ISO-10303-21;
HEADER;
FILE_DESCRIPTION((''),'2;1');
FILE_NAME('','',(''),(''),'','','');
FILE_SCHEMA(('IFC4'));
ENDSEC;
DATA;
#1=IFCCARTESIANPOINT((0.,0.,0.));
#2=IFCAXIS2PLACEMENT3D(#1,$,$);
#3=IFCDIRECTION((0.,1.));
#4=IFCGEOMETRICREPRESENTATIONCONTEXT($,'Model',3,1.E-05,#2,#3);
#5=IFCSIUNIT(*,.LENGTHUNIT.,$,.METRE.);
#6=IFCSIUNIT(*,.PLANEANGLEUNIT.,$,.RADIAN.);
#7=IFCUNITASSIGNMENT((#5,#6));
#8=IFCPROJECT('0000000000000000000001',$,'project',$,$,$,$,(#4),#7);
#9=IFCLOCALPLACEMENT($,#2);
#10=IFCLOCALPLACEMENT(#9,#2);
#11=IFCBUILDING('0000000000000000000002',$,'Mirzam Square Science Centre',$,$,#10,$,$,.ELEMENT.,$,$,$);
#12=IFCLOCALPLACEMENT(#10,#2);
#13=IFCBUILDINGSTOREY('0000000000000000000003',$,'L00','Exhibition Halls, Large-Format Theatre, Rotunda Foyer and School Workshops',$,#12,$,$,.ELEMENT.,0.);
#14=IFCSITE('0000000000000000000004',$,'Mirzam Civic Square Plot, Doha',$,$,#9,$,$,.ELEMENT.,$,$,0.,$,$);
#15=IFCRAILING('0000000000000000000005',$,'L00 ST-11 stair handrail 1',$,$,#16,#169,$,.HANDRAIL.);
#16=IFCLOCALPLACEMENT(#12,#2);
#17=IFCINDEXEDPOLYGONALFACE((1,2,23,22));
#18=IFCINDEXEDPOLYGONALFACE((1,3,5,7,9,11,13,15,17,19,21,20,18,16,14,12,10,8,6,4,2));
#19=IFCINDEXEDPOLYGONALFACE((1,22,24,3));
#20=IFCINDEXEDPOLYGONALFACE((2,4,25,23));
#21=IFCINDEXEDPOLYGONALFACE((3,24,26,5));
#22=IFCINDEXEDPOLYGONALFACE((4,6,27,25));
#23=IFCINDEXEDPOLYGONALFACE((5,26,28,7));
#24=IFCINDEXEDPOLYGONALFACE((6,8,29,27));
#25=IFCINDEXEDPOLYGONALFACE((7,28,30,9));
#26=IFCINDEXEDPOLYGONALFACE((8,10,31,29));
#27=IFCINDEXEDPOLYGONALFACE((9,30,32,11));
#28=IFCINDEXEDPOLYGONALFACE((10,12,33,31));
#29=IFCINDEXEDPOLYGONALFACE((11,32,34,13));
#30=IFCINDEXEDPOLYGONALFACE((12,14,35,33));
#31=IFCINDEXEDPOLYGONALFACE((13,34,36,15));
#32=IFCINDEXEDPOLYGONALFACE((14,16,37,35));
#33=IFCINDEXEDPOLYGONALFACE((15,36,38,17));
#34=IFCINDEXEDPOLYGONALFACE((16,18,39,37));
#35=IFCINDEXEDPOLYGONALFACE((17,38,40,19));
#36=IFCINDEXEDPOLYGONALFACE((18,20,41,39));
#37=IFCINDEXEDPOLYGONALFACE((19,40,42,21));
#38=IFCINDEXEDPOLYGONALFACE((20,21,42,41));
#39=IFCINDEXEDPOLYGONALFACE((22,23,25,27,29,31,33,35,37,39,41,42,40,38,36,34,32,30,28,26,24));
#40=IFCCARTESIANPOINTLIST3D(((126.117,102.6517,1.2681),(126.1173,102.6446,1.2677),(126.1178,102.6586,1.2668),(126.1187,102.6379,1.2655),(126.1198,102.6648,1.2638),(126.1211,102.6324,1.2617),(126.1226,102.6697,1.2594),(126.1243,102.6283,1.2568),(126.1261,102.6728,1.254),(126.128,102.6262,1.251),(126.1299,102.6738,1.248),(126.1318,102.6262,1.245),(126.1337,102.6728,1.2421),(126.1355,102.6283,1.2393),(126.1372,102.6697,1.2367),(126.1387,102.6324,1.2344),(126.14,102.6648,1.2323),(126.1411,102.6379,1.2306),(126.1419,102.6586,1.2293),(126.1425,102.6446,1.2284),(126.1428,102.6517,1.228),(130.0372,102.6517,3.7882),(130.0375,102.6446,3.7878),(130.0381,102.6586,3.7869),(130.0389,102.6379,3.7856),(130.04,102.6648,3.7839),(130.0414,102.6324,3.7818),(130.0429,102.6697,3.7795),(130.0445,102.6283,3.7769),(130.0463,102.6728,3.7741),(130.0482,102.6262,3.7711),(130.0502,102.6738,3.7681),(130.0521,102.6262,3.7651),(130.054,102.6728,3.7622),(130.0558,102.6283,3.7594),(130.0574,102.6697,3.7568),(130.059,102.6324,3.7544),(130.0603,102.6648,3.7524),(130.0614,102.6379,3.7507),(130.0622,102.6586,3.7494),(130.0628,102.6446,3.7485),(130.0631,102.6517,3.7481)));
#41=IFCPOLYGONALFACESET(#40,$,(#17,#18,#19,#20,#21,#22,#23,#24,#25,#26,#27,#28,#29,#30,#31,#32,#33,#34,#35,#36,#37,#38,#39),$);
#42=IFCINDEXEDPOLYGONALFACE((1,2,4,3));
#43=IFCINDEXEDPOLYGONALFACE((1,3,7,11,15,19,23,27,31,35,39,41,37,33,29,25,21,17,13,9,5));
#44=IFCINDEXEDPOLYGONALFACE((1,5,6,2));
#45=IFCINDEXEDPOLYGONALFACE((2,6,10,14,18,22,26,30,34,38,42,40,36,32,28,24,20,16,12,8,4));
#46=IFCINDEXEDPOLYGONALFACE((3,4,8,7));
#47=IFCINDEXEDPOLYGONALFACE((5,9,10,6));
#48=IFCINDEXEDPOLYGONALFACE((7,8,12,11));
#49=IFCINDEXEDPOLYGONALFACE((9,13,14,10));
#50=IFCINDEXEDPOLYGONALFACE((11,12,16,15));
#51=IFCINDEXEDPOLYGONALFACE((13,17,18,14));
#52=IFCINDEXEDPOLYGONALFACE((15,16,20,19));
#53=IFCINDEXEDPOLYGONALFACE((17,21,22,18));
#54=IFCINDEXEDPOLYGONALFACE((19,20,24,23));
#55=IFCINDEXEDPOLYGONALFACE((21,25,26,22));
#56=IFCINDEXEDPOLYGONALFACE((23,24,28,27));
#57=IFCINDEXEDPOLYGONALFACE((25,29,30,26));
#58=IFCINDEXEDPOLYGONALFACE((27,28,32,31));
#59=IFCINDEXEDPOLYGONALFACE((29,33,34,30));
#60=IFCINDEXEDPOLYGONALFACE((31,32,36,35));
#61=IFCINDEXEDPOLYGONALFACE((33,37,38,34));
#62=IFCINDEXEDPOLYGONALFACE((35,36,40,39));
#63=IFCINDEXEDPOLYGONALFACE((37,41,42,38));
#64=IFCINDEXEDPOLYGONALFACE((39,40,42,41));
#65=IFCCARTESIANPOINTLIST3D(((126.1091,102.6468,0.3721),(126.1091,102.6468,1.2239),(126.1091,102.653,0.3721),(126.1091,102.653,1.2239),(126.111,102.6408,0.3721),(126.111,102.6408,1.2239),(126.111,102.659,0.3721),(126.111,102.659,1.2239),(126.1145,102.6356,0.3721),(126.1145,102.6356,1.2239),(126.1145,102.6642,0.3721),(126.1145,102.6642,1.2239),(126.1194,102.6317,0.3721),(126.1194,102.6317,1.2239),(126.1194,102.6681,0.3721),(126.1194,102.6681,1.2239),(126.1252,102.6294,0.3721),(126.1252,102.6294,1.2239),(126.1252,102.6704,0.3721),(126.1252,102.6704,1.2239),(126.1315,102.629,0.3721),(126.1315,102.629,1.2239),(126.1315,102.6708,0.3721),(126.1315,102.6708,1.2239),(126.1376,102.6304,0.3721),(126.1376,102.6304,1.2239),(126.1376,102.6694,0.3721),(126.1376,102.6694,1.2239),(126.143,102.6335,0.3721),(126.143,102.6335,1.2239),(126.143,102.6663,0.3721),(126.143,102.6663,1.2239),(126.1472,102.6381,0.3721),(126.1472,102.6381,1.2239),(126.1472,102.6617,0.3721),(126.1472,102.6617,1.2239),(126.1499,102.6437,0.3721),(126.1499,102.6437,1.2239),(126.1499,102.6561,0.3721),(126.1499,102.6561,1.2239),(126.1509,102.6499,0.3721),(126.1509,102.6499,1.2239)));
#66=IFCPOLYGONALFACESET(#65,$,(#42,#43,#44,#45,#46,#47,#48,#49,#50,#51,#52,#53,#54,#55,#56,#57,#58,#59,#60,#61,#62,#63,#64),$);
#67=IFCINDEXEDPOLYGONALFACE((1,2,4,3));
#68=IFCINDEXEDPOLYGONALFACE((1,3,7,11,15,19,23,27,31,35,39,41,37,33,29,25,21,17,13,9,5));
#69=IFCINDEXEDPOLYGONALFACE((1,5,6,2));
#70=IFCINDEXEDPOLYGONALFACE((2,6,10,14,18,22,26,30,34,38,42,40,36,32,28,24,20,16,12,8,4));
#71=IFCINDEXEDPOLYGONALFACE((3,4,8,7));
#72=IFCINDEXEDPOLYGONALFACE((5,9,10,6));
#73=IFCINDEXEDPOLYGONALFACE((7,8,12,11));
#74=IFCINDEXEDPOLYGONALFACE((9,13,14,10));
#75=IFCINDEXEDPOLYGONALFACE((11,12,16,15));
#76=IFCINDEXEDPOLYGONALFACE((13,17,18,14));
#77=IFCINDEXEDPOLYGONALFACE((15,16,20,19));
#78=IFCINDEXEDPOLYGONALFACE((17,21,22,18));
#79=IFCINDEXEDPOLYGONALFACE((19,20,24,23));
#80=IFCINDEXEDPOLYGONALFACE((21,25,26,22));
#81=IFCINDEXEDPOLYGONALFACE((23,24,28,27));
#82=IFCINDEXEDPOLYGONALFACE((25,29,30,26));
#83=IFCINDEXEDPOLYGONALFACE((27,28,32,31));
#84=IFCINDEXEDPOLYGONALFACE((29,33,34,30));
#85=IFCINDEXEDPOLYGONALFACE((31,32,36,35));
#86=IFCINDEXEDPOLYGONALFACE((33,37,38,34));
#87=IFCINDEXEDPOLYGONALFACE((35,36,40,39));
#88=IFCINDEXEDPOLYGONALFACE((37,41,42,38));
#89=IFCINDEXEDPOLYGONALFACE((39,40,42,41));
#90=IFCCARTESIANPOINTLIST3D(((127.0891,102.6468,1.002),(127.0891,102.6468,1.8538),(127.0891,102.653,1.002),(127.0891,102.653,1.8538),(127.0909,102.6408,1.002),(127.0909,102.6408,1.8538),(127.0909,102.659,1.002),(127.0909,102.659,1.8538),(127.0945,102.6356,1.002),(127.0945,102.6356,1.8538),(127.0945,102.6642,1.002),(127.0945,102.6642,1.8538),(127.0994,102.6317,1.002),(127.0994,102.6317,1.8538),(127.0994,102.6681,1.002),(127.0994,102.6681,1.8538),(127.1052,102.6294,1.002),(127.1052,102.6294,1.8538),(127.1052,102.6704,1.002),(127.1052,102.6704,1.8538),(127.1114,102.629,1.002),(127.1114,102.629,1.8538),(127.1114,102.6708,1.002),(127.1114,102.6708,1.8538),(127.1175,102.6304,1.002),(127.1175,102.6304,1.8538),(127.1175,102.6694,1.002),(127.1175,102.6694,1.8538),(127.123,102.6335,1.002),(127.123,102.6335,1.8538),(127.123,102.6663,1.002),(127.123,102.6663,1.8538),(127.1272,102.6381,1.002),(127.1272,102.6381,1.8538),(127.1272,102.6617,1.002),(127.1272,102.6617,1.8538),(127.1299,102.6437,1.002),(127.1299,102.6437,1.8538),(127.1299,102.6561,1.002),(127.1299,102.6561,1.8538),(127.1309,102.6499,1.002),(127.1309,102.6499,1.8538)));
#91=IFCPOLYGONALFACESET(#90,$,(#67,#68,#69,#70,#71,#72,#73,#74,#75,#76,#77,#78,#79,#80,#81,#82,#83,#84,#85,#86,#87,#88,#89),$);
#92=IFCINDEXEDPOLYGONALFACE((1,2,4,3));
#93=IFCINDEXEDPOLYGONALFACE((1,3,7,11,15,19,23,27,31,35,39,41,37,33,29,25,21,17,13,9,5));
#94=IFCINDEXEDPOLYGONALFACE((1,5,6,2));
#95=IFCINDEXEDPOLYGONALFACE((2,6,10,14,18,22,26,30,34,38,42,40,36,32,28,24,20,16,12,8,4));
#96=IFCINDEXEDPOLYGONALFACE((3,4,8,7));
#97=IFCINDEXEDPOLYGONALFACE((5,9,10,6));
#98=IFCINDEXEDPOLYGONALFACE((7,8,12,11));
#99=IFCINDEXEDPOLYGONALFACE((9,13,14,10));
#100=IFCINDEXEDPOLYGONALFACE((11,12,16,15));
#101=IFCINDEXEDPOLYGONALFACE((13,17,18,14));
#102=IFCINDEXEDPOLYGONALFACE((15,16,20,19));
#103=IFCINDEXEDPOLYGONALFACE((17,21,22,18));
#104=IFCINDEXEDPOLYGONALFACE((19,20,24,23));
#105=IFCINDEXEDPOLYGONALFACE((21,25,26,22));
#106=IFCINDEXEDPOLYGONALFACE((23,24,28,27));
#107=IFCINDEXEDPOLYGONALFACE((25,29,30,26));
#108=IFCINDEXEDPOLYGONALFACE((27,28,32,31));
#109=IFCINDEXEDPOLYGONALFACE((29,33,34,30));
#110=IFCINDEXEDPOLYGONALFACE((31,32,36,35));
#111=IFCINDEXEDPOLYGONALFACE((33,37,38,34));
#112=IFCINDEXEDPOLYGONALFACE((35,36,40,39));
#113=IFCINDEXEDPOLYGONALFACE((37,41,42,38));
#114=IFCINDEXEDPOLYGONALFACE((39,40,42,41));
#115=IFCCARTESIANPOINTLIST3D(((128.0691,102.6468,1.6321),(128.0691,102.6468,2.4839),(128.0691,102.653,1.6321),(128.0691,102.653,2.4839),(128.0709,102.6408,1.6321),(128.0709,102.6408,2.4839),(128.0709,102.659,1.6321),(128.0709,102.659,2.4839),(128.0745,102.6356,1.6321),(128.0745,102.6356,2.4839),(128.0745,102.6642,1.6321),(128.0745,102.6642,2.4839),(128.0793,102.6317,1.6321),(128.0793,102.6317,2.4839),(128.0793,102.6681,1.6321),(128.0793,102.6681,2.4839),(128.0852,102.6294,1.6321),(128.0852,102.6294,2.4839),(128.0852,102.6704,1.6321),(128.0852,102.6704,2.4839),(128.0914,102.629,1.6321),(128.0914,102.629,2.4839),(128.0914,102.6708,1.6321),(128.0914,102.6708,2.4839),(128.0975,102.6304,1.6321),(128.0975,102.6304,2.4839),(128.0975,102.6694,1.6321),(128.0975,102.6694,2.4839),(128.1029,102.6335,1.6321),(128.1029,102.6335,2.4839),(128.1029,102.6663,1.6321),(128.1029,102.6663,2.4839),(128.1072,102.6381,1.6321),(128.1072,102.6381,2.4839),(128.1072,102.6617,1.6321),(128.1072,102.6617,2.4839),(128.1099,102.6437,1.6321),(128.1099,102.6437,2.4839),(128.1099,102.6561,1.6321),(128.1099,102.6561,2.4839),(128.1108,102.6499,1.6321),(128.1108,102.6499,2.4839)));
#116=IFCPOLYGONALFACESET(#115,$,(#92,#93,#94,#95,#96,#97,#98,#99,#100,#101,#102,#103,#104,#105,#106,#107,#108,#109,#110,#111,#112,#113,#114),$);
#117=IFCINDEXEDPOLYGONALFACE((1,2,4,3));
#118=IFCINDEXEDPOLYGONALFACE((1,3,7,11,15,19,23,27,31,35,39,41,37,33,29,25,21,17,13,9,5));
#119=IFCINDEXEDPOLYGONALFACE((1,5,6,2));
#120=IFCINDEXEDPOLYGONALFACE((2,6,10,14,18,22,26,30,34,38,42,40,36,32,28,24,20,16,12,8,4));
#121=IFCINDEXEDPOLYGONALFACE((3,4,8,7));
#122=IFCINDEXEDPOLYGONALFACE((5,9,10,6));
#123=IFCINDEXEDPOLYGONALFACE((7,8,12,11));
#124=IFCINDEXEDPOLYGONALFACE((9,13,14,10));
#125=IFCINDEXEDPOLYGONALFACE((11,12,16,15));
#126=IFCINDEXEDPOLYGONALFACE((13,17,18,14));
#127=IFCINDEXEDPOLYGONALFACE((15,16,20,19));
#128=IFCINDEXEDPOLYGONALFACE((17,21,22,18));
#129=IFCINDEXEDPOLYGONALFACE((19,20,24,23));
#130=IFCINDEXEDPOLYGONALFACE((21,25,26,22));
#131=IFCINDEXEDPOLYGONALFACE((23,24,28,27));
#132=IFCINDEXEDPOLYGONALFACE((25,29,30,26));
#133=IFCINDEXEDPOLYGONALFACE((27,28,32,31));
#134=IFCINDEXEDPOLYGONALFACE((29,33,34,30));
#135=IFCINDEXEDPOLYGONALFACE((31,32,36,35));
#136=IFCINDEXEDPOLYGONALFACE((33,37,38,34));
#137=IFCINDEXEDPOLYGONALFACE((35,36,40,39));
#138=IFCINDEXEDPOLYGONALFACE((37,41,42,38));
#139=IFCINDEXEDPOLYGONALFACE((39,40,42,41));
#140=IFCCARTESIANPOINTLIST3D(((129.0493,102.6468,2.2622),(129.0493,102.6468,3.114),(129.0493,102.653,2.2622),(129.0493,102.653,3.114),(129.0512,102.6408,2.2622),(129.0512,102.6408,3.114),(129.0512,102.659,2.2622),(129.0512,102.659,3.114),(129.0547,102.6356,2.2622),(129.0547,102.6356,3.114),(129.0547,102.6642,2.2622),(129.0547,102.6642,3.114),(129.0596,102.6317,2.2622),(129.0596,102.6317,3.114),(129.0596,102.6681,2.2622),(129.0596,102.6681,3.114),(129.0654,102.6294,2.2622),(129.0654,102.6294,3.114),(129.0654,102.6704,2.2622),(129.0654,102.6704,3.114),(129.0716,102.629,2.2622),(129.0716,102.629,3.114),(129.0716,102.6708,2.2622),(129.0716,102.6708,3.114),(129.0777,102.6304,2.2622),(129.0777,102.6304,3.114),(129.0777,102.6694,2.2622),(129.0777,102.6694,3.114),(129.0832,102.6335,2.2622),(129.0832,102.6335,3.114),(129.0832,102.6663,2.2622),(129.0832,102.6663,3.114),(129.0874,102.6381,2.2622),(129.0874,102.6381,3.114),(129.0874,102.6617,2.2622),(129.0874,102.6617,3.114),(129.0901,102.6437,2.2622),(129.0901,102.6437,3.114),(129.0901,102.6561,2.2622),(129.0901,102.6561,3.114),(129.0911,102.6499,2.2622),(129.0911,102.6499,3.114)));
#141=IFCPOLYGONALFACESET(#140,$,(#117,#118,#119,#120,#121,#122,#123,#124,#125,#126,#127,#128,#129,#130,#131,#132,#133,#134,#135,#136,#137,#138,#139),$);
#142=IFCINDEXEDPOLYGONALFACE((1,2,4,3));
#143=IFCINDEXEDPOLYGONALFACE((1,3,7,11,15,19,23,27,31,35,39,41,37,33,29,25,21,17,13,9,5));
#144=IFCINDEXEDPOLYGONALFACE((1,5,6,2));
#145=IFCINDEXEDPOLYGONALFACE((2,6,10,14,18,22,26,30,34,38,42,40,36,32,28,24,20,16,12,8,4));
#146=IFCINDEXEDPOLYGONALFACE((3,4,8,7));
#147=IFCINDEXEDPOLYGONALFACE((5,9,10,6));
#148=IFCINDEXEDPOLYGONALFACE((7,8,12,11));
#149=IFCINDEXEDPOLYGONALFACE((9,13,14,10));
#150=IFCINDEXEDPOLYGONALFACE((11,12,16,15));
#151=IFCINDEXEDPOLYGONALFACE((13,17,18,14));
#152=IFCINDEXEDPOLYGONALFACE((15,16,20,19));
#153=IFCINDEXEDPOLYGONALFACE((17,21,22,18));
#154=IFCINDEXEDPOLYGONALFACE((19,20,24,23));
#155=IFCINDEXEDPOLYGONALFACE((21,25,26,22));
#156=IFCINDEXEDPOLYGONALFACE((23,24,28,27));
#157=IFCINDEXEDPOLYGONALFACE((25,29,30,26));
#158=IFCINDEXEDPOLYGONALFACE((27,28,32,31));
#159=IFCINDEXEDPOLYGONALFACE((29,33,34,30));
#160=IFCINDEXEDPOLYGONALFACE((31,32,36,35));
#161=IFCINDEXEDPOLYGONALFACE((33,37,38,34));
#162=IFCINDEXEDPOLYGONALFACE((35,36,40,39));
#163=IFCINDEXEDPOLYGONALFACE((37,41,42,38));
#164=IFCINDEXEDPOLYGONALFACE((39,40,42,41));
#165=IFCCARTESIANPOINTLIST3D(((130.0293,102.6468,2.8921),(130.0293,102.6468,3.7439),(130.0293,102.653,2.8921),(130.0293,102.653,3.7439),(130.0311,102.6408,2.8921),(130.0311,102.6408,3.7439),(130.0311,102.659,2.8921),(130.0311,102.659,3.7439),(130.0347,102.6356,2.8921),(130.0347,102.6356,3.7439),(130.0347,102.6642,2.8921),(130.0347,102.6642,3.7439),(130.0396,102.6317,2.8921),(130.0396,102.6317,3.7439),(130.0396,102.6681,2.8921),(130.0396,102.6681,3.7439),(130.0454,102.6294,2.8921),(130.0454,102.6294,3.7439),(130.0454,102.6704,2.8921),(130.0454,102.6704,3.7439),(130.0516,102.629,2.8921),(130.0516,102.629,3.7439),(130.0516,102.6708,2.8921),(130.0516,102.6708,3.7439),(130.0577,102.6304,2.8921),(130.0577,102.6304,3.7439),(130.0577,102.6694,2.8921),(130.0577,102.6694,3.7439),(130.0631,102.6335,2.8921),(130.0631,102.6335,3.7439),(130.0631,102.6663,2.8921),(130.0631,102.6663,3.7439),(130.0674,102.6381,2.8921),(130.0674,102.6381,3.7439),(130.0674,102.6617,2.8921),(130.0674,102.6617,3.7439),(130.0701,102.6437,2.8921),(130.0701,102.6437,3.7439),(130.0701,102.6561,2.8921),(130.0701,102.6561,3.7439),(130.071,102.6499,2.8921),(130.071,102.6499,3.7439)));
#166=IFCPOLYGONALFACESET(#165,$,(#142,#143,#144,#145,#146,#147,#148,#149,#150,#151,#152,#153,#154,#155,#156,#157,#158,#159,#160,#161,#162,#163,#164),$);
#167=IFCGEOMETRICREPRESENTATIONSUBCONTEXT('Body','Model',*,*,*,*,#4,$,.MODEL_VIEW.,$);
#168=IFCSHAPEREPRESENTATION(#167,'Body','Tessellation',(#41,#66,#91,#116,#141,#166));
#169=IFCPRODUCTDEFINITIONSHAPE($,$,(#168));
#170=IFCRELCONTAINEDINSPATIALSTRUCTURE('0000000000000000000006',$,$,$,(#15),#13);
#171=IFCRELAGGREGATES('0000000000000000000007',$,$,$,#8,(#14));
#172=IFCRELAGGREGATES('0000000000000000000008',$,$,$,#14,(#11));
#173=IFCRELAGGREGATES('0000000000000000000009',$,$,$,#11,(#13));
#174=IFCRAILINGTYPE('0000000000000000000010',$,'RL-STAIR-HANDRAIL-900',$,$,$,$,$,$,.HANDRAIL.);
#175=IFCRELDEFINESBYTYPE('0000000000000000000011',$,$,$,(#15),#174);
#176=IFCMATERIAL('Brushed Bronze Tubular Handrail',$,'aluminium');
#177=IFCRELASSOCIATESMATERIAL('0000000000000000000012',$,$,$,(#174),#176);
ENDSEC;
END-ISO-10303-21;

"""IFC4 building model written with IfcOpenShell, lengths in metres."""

from ifc_helpers import new_model, si_unit, direction, frame, origin, origin_2d, place, context, subcontext, project, spatial, circle, extrude, material, type_object, element, save


model = new_model("IFC4")

# Units and contexts
model_context = context("Model", 3, precision=1e-05, world=origin(), true_north=direction((0.0, 1.0)))
body_context = subcontext(model_context, "Body", "Model", "MODEL_VIEW")
ifc_project = project(units=[si_unit("LENGTHUNIT", "METRE"), si_unit("PLANEANGLEUNIT", "RADIAN")], contexts=[model_context])

# Site, building, storey
site_placement = place(None, origin())
site = spatial("IfcSite", under=ifc_project, at=site_placement, Name="Mirzam Civic Square Plot, Doha", CompositionType="ELEMENT", RefElevation=0.0)
building_placement = place(site_placement, origin())
building = spatial("IfcBuilding", under=site, at=building_placement, Name="Mirzam Square Science Centre", CompositionType="ELEMENT")
storey_placement = place(building_placement, origin())
storey = spatial("IfcBuildingStorey", under=building, at=storey_placement, Name="L00", Description="Exhibition Halls, Large-Format Theatre, Rotunda Foyer and School Workshops", CompositionType="ELEMENT", Elevation=0.0)

# Railing
ifc_material_1 = material(Name="Brushed Bronze Tubular Handrail", Category="aluminium")
railing_type_1 = type_object("IfcRailingType", Name="RL-STAIR-HANDRAIL-900", PredefinedType="HANDRAIL", material=ifc_material_1)
railing_1_placement = place(storey_placement, frame((126.1299, 102.6499, 0.3721)))
element("IfcRailing", 1, at=railing_1_placement, inside=storey, type_object=railing_type_1, Name="L00 ST-11 stair handrail 1", PredefinedType="HANDRAIL", context=body_context, shape_type="SweptSolid", body=[
    extrude(circle(Radius=0.0239, at=origin_2d()), frame((0.0, 0.0, 0.876), z_axis=(0.841187, 0.0, 0.540744), x_axis=(0.0, 1.0, 0.0)), (0.0, 0.0, 1.0), 4.6604),
    extrude(circle(Radius=0.021, at=origin_2d()), origin(), (0.0, 0.0, 1.0), 0.8518),
    extrude(circle(Radius=0.021, at=origin_2d()), frame((0.98, 0.0, 0.6299)), (0.0, 0.0, 1.0), 0.8518),
    extrude(circle(Radius=0.021, at=origin_2d()), frame((1.96, 0.0, 1.26)), (0.0, 0.0, 1.0), 0.8518),
    extrude(circle(Radius=0.021, at=origin_2d()), frame((2.9402, 0.0, 1.8901)), (0.0, 0.0, 1.0), 0.8518),
    extrude(circle(Radius=0.021, at=origin_2d()), frame((3.9202, 0.0, 2.52)), (0.0, 0.0, 1.0), 0.8518),
])

save(model, "model.ifc")
